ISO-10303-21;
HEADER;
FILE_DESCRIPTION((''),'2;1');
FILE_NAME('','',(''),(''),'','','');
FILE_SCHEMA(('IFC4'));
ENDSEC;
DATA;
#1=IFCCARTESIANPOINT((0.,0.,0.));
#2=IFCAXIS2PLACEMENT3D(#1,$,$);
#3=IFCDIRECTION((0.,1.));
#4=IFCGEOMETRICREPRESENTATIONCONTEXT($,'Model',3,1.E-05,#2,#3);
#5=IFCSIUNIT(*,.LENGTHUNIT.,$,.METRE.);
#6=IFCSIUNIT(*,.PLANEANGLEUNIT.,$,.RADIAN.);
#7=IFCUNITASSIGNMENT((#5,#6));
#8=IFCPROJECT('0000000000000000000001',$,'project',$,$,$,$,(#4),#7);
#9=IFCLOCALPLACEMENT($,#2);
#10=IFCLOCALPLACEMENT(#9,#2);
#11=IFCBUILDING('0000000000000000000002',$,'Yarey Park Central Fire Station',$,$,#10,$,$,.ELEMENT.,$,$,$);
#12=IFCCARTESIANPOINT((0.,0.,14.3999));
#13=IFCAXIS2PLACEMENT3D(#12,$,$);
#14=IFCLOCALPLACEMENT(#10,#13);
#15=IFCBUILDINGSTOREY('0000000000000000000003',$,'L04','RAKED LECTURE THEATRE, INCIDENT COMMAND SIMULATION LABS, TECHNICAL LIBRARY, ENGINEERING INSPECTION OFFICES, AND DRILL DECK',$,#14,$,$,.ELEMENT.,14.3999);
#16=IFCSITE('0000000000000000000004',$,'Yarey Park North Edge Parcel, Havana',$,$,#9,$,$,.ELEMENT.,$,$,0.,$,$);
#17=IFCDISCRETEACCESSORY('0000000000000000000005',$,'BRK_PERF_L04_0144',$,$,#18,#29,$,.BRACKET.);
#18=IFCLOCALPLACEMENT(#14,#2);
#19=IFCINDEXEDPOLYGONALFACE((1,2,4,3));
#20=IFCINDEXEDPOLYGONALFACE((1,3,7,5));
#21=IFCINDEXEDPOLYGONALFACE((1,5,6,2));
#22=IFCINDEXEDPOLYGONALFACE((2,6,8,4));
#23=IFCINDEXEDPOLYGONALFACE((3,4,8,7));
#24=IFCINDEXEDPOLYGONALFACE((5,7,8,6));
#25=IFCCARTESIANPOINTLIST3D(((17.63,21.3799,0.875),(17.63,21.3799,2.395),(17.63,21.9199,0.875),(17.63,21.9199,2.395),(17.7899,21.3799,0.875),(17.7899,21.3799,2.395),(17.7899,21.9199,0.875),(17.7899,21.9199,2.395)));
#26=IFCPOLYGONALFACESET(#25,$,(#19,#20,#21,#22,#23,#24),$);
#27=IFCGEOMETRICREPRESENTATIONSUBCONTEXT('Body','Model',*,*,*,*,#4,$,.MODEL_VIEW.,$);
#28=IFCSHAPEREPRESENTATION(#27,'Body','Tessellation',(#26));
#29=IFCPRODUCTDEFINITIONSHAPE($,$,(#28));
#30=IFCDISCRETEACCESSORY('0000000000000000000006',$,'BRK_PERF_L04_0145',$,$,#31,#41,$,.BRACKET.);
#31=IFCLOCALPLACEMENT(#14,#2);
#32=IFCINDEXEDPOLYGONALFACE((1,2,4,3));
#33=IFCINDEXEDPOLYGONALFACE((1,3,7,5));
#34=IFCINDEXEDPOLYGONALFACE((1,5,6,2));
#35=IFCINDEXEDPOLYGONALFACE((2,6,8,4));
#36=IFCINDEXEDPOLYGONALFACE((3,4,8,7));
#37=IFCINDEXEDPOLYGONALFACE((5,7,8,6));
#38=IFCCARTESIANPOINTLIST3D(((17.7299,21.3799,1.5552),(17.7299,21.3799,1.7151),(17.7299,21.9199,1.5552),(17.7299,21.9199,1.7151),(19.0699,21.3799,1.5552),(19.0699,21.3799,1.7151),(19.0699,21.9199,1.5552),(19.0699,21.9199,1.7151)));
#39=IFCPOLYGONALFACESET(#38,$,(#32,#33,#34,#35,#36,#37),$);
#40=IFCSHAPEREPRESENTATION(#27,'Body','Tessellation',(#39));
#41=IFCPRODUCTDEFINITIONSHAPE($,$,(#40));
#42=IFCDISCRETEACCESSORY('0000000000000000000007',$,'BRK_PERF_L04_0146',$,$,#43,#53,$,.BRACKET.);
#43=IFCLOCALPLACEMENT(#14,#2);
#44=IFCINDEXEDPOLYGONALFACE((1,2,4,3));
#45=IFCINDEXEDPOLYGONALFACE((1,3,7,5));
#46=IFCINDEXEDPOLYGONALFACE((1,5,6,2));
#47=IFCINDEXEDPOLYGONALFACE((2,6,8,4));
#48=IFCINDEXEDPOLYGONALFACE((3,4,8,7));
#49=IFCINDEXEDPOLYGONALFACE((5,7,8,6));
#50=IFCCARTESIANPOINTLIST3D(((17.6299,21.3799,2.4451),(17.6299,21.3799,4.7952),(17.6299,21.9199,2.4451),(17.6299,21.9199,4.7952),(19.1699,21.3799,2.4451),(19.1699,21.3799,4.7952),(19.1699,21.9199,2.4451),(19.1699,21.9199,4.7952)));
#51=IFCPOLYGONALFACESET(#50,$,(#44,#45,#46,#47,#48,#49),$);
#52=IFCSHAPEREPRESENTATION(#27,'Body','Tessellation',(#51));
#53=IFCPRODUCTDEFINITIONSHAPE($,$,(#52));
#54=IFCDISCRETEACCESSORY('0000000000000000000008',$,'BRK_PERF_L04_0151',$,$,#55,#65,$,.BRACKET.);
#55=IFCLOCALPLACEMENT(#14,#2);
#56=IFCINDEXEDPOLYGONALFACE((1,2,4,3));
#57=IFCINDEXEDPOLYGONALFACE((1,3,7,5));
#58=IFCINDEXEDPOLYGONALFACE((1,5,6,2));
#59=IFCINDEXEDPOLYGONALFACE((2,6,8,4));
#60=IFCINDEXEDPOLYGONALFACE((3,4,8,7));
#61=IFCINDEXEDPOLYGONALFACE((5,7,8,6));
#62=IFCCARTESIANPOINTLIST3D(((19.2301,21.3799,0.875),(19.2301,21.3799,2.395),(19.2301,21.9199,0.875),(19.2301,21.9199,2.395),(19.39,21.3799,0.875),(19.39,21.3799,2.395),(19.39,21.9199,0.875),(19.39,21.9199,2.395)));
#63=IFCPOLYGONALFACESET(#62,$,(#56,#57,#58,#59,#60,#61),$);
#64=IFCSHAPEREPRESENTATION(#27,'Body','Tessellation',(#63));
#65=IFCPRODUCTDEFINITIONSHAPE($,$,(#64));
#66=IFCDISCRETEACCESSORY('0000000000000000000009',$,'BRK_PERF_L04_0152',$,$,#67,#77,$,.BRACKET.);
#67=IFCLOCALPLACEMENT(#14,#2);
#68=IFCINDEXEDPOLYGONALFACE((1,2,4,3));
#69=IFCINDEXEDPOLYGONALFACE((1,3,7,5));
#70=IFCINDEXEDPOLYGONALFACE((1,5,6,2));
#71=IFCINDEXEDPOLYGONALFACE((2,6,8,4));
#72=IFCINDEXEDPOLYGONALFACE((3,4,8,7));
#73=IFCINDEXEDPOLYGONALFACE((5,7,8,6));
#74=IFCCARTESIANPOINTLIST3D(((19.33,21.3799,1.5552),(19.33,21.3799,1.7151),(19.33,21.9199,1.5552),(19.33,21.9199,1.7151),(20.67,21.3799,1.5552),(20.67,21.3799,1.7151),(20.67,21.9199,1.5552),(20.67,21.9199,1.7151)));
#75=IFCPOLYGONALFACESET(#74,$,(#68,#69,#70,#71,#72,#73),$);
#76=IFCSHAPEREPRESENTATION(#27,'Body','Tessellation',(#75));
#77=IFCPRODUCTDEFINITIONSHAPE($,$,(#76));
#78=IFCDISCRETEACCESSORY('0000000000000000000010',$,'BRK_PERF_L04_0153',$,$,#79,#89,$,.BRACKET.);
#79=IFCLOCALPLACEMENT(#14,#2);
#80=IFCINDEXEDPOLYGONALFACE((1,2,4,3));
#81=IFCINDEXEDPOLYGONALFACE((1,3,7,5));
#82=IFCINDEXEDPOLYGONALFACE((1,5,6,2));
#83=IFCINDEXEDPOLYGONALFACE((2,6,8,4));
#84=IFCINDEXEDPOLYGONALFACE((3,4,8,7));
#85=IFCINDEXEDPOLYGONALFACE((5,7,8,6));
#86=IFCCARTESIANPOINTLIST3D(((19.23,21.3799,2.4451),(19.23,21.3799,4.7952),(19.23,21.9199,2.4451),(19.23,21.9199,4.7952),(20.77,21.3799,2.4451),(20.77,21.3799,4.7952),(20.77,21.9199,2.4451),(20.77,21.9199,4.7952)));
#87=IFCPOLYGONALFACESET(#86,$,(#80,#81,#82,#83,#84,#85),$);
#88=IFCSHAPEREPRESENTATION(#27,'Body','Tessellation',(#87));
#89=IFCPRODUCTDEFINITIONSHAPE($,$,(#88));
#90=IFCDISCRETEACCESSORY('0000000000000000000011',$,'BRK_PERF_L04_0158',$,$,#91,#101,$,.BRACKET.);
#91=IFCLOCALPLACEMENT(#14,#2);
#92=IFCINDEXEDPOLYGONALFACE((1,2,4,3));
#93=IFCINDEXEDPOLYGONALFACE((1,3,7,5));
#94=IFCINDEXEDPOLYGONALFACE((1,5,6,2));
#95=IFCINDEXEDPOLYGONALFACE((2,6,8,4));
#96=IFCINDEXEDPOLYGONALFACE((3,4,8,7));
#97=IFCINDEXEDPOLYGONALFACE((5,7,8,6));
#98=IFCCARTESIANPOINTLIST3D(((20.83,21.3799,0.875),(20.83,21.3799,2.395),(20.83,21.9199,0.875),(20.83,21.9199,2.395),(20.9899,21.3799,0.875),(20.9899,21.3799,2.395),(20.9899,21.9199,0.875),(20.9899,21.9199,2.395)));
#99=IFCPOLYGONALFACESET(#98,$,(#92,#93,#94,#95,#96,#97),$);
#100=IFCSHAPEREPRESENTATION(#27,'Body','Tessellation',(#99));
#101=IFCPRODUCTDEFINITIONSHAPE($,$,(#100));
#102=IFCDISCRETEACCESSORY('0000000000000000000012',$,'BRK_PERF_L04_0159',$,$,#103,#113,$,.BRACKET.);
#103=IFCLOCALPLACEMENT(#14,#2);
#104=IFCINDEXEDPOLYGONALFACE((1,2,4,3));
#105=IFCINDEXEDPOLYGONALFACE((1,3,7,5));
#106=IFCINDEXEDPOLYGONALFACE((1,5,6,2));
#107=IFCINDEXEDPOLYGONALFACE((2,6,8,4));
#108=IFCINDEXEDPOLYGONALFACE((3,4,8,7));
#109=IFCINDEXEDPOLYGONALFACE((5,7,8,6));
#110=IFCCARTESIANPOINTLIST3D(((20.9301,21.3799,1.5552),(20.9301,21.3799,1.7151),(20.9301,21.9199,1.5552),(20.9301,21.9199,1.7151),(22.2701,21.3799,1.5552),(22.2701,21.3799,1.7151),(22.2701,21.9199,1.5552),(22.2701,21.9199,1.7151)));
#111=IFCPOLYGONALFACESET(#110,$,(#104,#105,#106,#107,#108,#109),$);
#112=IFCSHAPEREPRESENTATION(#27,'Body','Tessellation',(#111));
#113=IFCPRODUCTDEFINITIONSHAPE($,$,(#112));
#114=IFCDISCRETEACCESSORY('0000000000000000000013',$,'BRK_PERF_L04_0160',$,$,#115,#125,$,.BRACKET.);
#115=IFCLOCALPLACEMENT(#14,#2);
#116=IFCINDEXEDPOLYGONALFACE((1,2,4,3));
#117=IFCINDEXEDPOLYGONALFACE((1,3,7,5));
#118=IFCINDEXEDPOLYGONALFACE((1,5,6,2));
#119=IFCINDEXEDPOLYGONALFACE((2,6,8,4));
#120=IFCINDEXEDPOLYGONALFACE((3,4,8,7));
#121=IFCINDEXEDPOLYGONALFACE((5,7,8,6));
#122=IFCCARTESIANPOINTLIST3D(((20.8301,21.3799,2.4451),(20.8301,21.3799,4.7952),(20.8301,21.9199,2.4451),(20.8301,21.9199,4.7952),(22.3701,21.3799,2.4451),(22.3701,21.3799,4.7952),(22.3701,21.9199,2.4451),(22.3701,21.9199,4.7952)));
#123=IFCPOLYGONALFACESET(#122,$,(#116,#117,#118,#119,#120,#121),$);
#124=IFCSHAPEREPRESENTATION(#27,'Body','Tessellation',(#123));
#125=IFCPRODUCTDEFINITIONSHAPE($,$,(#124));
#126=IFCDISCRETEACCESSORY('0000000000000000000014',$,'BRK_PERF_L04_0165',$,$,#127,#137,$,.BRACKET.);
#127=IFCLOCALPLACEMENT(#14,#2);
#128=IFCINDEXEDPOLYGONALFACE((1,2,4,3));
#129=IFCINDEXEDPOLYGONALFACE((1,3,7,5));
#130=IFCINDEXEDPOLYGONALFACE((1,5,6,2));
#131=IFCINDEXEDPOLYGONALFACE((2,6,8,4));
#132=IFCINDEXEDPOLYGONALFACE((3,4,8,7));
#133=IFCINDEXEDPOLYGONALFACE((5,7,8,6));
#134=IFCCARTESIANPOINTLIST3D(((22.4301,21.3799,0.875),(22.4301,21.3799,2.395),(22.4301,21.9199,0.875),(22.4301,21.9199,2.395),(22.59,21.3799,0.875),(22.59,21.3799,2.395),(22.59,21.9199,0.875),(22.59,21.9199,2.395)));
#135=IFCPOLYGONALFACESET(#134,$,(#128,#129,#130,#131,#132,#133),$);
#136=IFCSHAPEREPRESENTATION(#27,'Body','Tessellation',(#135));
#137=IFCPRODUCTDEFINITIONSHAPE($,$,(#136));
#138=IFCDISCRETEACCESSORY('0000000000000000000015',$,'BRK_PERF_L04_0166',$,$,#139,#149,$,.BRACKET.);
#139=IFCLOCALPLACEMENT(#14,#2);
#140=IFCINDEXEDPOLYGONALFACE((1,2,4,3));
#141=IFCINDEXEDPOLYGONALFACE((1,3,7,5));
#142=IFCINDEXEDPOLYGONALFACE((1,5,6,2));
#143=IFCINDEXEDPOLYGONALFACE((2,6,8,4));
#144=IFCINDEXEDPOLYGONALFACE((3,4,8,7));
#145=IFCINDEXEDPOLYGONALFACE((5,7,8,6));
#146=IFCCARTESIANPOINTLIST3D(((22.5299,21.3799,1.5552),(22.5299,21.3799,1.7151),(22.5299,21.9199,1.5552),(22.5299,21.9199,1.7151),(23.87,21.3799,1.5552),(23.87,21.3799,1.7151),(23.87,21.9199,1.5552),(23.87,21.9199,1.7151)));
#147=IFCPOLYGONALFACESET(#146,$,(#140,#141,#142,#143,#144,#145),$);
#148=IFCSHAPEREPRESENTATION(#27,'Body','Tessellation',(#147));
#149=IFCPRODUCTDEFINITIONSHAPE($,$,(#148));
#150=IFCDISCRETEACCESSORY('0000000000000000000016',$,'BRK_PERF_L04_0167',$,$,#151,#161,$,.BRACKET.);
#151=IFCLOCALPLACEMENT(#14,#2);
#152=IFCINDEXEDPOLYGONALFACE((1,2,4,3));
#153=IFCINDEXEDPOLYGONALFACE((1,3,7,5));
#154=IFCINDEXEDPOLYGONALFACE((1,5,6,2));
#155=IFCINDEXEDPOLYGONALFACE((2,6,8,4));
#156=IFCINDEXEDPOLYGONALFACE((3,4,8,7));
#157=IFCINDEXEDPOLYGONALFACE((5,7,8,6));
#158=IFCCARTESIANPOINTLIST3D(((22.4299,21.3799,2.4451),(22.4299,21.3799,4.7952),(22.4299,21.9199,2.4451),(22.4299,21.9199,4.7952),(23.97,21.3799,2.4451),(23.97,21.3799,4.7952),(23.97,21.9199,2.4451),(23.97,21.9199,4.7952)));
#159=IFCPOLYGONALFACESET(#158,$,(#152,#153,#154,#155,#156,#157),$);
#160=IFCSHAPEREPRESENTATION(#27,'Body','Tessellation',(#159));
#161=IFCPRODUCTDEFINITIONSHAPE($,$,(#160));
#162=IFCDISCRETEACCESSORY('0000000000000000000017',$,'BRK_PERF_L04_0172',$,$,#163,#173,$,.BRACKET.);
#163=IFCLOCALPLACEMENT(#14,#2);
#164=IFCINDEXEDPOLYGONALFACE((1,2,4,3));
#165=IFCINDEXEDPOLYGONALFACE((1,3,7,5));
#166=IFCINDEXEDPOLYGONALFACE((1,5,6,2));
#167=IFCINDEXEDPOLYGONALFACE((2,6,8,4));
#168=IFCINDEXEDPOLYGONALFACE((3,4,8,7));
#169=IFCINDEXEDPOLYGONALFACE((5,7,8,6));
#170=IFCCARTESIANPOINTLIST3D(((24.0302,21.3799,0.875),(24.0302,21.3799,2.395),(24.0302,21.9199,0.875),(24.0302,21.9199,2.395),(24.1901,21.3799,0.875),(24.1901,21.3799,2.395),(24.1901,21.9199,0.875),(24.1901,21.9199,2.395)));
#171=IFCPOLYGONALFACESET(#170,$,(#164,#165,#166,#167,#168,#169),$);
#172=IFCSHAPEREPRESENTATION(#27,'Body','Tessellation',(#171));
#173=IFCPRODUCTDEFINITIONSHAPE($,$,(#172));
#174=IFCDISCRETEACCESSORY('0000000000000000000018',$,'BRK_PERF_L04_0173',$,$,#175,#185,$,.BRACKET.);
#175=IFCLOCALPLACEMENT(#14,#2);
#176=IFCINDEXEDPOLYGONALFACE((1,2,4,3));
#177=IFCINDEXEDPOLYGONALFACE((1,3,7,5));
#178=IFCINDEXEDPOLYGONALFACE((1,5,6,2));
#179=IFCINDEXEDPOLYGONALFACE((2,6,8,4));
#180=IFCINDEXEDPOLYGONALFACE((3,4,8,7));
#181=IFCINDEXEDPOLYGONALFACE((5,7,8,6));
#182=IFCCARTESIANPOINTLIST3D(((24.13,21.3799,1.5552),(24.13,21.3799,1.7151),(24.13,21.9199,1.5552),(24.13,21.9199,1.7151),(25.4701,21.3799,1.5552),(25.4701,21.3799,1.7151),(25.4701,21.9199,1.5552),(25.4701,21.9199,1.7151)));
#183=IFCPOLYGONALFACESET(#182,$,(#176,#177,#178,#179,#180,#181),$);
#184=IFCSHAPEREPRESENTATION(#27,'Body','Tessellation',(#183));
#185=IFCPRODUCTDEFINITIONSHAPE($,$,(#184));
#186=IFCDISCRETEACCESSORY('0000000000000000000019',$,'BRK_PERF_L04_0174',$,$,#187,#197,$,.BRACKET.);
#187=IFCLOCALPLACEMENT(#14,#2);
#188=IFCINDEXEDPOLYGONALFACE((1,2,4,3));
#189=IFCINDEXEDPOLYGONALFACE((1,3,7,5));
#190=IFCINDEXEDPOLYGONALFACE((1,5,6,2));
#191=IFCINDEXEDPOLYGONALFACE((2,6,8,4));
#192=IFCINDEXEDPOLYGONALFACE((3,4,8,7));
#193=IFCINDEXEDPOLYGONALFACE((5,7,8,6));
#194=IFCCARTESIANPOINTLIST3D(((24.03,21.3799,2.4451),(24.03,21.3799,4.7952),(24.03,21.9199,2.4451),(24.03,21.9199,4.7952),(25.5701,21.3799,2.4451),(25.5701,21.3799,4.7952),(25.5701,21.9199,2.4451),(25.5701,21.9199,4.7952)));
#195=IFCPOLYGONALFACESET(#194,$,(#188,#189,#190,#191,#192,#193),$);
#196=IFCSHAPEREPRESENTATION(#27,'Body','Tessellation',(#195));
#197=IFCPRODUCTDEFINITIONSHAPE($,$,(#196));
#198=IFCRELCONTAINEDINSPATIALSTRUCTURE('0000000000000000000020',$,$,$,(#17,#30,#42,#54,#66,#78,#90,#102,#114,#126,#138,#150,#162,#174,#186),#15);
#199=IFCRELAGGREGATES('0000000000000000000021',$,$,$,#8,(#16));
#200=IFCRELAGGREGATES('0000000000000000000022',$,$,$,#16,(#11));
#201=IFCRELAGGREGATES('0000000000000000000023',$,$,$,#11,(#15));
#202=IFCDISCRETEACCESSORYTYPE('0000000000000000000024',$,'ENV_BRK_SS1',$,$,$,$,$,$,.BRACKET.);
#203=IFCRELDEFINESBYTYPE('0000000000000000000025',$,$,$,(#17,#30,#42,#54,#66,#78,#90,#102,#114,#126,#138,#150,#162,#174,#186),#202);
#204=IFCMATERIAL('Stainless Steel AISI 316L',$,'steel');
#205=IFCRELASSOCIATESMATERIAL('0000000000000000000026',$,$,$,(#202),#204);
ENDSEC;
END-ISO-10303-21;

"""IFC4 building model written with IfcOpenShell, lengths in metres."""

from ifc_helpers import new_model, si_unit, direction, frame, origin, origin_2d, place, context, subcontext, project, spatial, rectangle, extrude, material, type_object, element, save


model = new_model("IFC4")

# Units and contexts
model_context = context("Model", 3, precision=1e-05, world=origin(), true_north=direction((0.0, 1.0)))
body_context = subcontext(model_context, "Body", "Model", "MODEL_VIEW")
ifc_project = project(units=[si_unit("LENGTHUNIT", "METRE"), si_unit("PLANEANGLEUNIT", "RADIAN")], contexts=[model_context])

# Site, building, storey
site_placement = place(None, origin())
site = spatial("IfcSite", under=ifc_project, at=site_placement, Name="Yarey Park North Edge Parcel, Havana", CompositionType="ELEMENT", RefElevation=0.0)
building_placement = place(site_placement, origin())
building = spatial("IfcBuilding", under=site, at=building_placement, Name="Yarey Park Central Fire Station", CompositionType="ELEMENT")
storey_placement = place(building_placement, frame((0.0, 0.0, 14.3999)))
storey = spatial("IfcBuildingStorey", under=building, at=storey_placement, Name="L04", Description="RAKED LECTURE THEATRE, INCIDENT COMMAND SIMULATION LABS, TECHNICAL LIBRARY, ENGINEERING INSPECTION OFFICES, AND DRILL DECK", CompositionType="ELEMENT", Elevation=14.3999)

# Discrete accessories
ifc_material = material(Name="Stainless Steel AISI 316L", Category="steel")
discrete_accessory_type = type_object("IfcDiscreteAccessoryType", Name="ENV_BRK_SS1", PredefinedType="BRACKET", material=ifc_material)
discrete_accessory_1_placement = place(storey_placement, frame((17.71, 21.6499, 0.875), z_axis=(0.0, 0.0, 1.0), x_axis=(1.0, 0.0, 0.0)))
element("IfcDiscreteAccessory", 1, at=discrete_accessory_1_placement, inside=storey, type_object=discrete_accessory_type, Name="BRK_PERF_L04_0144", PredefinedType="BRACKET", context=body_context, shape_type="SweptSolid", body=[
    extrude(rectangle(XDim=0.1599, YDim=0.54, at=origin_2d()), origin(), (0.0, 0.0, 1.0), 1.52),
])
discrete_accessory_2_placement = place(storey_placement, frame((18.3999, 21.6499, 1.5552), z_axis=(0.0, 0.0, 1.0), x_axis=(1.0, 0.0, 0.0)))
element("IfcDiscreteAccessory", 2, at=discrete_accessory_2_placement, inside=storey, type_object=discrete_accessory_type, Name="BRK_PERF_L04_0145", PredefinedType="BRACKET", context=body_context, shape_type="SweptSolid", body=[
    extrude(rectangle(XDim=1.3401, YDim=0.54, at=origin_2d()), origin(), (0.0, 0.0, 1.0), 0.1599),
])
discrete_accessory_3_placement = place(storey_placement, frame((18.3999, 21.6499, 2.4451), z_axis=(0.0, 0.0, 1.0), x_axis=(1.0, 0.0, 0.0)))
element("IfcDiscreteAccessory", 3, at=discrete_accessory_3_placement, inside=storey, type_object=discrete_accessory_type, Name="BRK_PERF_L04_0146", PredefinedType="BRACKET", context=body_context, shape_type="SweptSolid", body=[
    extrude(rectangle(XDim=1.54, YDim=0.54, at=origin_2d()), origin(), (0.0, 0.0, 1.0), 2.3501),
])
discrete_accessory_4_placement = place(storey_placement, frame((19.3101, 21.6499, 0.875), z_axis=(0.0, 0.0, 1.0), x_axis=(1.0, 0.0, 0.0)))
element("IfcDiscreteAccessory", 4, at=discrete_accessory_4_placement, inside=storey, type_object=discrete_accessory_type, Name="BRK_PERF_L04_0151", PredefinedType="BRACKET", context=body_context, shape_type="SweptSolid", body=[
    extrude(rectangle(XDim=0.1599, YDim=0.54, at=origin_2d()), origin(), (0.0, 0.0, 1.0), 1.52),
])
discrete_accessory_5_placement = place(storey_placement, frame((20.0, 21.6499, 1.5552), z_axis=(0.0, 0.0, 1.0), x_axis=(1.0, 0.0, 0.0)))
element("IfcDiscreteAccessory", 5, at=discrete_accessory_5_placement, inside=storey, type_object=discrete_accessory_type, Name="BRK_PERF_L04_0152", PredefinedType="BRACKET", context=body_context, shape_type="SweptSolid", body=[
    extrude(rectangle(XDim=1.3401, YDim=0.54, at=origin_2d()), origin(), (0.0, 0.0, 1.0), 0.1599),
])
discrete_accessory_6_placement = place(storey_placement, frame((20.0, 21.6499, 2.4451), z_axis=(0.0, 0.0, 1.0), x_axis=(1.0, 0.0, 0.0)))
element("IfcDiscreteAccessory", 6, at=discrete_accessory_6_placement, inside=storey, type_object=discrete_accessory_type, Name="BRK_PERF_L04_0153", PredefinedType="BRACKET", context=body_context, shape_type="SweptSolid", body=[
    extrude(rectangle(XDim=1.54, YDim=0.54, at=origin_2d()), origin(), (0.0, 0.0, 1.0), 2.3501),
])
discrete_accessory_7_placement = place(storey_placement, frame((20.9099, 21.6499, 0.875), z_axis=(0.0, 0.0, 1.0), x_axis=(1.0, 0.0, 0.0)))
element("IfcDiscreteAccessory", 7, at=discrete_accessory_7_placement, inside=storey, type_object=discrete_accessory_type, Name="BRK_PERF_L04_0158", PredefinedType="BRACKET", context=body_context, shape_type="SweptSolid", body=[
    extrude(rectangle(XDim=0.1599, YDim=0.54, at=origin_2d()), origin(), (0.0, 0.0, 1.0), 1.52),
])
discrete_accessory_8_placement = place(storey_placement, frame((21.6001, 21.6499, 1.5552), z_axis=(0.0, 0.0, 1.0), x_axis=(1.0, 0.0, 0.0)))
element("IfcDiscreteAccessory", 8, at=discrete_accessory_8_placement, inside=storey, type_object=discrete_accessory_type, Name="BRK_PERF_L04_0159", PredefinedType="BRACKET", context=body_context, shape_type="SweptSolid", body=[
    extrude(rectangle(XDim=1.3401, YDim=0.54, at=origin_2d()), origin(), (0.0, 0.0, 1.0), 0.1599),
])
discrete_accessory_9_placement = place(storey_placement, frame((21.6001, 21.6499, 2.4451), z_axis=(0.0, 0.0, 1.0), x_axis=(1.0, 0.0, 0.0)))
element("IfcDiscreteAccessory", 9, at=discrete_accessory_9_placement, inside=storey, type_object=discrete_accessory_type, Name="BRK_PERF_L04_0160", PredefinedType="BRACKET", context=body_context, shape_type="SweptSolid", body=[
    extrude(rectangle(XDim=1.54, YDim=0.54, at=origin_2d()), origin(), (0.0, 0.0, 1.0), 2.3501),
])
discrete_accessory_10_placement = place(storey_placement, frame((22.51, 21.6499, 0.875), z_axis=(0.0, 0.0, 1.0), x_axis=(1.0, 0.0, 0.0)))
element("IfcDiscreteAccessory", 10, at=discrete_accessory_10_placement, inside=storey, type_object=discrete_accessory_type, Name="BRK_PERF_L04_0165", PredefinedType="BRACKET", context=body_context, shape_type="SweptSolid", body=[
    extrude(rectangle(XDim=0.1599, YDim=0.54, at=origin_2d()), origin(), (0.0, 0.0, 1.0), 1.52),
])
discrete_accessory_11_placement = place(storey_placement, frame((23.2, 21.6499, 1.5552), z_axis=(0.0, 0.0, 1.0), x_axis=(1.0, 0.0, 0.0)))
element("IfcDiscreteAccessory", 11, at=discrete_accessory_11_placement, inside=storey, type_object=discrete_accessory_type, Name="BRK_PERF_L04_0166", PredefinedType="BRACKET", context=body_context, shape_type="SweptSolid", body=[
    extrude(rectangle(XDim=1.3401, YDim=0.54, at=origin_2d()), origin(), (0.0, 0.0, 1.0), 0.1599),
])
discrete_accessory_12_placement = place(storey_placement, frame((23.2, 21.6499, 2.4451), z_axis=(0.0, 0.0, 1.0), x_axis=(1.0, 0.0, 0.0)))
element("IfcDiscreteAccessory", 12, at=discrete_accessory_12_placement, inside=storey, type_object=discrete_accessory_type, Name="BRK_PERF_L04_0167", PredefinedType="BRACKET", context=body_context, shape_type="SweptSolid", body=[
    extrude(rectangle(XDim=1.54, YDim=0.54, at=origin_2d()), origin(), (0.0, 0.0, 1.0), 2.3501),
])
discrete_accessory_13_placement = place(storey_placement, frame((24.1101, 21.6499, 0.875), z_axis=(0.0, 0.0, 1.0), x_axis=(1.0, 0.0, 0.0)))
element("IfcDiscreteAccessory", 13, at=discrete_accessory_13_placement, inside=storey, type_object=discrete_accessory_type, Name="BRK_PERF_L04_0172", PredefinedType="BRACKET", context=body_context, shape_type="SweptSolid", body=[
    extrude(rectangle(XDim=0.1599, YDim=0.54, at=origin_2d()), origin(), (0.0, 0.0, 1.0), 1.52),
])
discrete_accessory_14_placement = place(storey_placement, frame((24.8, 21.6499, 1.5552), z_axis=(0.0, 0.0, 1.0), x_axis=(1.0, 0.0, 0.0)))
element("IfcDiscreteAccessory", 14, at=discrete_accessory_14_placement, inside=storey, type_object=discrete_accessory_type, Name="BRK_PERF_L04_0173", PredefinedType="BRACKET", context=body_context, shape_type="SweptSolid", body=[
    extrude(rectangle(XDim=1.3401, YDim=0.54, at=origin_2d()), origin(), (0.0, 0.0, 1.0), 0.1599),
])
discrete_accessory_15_placement = place(storey_placement, frame((24.8, 21.6499, 2.4451), z_axis=(0.0, 0.0, 1.0), x_axis=(1.0, 0.0, 0.0)))
element("IfcDiscreteAccessory", 15, at=discrete_accessory_15_placement, inside=storey, type_object=discrete_accessory_type, Name="BRK_PERF_L04_0174", PredefinedType="BRACKET", context=body_context, shape_type="SweptSolid", body=[
    extrude(rectangle(XDim=1.54, YDim=0.54, at=origin_2d()), origin(), (0.0, 0.0, 1.0), 2.3501),
])

save(model, "model.ifc")
